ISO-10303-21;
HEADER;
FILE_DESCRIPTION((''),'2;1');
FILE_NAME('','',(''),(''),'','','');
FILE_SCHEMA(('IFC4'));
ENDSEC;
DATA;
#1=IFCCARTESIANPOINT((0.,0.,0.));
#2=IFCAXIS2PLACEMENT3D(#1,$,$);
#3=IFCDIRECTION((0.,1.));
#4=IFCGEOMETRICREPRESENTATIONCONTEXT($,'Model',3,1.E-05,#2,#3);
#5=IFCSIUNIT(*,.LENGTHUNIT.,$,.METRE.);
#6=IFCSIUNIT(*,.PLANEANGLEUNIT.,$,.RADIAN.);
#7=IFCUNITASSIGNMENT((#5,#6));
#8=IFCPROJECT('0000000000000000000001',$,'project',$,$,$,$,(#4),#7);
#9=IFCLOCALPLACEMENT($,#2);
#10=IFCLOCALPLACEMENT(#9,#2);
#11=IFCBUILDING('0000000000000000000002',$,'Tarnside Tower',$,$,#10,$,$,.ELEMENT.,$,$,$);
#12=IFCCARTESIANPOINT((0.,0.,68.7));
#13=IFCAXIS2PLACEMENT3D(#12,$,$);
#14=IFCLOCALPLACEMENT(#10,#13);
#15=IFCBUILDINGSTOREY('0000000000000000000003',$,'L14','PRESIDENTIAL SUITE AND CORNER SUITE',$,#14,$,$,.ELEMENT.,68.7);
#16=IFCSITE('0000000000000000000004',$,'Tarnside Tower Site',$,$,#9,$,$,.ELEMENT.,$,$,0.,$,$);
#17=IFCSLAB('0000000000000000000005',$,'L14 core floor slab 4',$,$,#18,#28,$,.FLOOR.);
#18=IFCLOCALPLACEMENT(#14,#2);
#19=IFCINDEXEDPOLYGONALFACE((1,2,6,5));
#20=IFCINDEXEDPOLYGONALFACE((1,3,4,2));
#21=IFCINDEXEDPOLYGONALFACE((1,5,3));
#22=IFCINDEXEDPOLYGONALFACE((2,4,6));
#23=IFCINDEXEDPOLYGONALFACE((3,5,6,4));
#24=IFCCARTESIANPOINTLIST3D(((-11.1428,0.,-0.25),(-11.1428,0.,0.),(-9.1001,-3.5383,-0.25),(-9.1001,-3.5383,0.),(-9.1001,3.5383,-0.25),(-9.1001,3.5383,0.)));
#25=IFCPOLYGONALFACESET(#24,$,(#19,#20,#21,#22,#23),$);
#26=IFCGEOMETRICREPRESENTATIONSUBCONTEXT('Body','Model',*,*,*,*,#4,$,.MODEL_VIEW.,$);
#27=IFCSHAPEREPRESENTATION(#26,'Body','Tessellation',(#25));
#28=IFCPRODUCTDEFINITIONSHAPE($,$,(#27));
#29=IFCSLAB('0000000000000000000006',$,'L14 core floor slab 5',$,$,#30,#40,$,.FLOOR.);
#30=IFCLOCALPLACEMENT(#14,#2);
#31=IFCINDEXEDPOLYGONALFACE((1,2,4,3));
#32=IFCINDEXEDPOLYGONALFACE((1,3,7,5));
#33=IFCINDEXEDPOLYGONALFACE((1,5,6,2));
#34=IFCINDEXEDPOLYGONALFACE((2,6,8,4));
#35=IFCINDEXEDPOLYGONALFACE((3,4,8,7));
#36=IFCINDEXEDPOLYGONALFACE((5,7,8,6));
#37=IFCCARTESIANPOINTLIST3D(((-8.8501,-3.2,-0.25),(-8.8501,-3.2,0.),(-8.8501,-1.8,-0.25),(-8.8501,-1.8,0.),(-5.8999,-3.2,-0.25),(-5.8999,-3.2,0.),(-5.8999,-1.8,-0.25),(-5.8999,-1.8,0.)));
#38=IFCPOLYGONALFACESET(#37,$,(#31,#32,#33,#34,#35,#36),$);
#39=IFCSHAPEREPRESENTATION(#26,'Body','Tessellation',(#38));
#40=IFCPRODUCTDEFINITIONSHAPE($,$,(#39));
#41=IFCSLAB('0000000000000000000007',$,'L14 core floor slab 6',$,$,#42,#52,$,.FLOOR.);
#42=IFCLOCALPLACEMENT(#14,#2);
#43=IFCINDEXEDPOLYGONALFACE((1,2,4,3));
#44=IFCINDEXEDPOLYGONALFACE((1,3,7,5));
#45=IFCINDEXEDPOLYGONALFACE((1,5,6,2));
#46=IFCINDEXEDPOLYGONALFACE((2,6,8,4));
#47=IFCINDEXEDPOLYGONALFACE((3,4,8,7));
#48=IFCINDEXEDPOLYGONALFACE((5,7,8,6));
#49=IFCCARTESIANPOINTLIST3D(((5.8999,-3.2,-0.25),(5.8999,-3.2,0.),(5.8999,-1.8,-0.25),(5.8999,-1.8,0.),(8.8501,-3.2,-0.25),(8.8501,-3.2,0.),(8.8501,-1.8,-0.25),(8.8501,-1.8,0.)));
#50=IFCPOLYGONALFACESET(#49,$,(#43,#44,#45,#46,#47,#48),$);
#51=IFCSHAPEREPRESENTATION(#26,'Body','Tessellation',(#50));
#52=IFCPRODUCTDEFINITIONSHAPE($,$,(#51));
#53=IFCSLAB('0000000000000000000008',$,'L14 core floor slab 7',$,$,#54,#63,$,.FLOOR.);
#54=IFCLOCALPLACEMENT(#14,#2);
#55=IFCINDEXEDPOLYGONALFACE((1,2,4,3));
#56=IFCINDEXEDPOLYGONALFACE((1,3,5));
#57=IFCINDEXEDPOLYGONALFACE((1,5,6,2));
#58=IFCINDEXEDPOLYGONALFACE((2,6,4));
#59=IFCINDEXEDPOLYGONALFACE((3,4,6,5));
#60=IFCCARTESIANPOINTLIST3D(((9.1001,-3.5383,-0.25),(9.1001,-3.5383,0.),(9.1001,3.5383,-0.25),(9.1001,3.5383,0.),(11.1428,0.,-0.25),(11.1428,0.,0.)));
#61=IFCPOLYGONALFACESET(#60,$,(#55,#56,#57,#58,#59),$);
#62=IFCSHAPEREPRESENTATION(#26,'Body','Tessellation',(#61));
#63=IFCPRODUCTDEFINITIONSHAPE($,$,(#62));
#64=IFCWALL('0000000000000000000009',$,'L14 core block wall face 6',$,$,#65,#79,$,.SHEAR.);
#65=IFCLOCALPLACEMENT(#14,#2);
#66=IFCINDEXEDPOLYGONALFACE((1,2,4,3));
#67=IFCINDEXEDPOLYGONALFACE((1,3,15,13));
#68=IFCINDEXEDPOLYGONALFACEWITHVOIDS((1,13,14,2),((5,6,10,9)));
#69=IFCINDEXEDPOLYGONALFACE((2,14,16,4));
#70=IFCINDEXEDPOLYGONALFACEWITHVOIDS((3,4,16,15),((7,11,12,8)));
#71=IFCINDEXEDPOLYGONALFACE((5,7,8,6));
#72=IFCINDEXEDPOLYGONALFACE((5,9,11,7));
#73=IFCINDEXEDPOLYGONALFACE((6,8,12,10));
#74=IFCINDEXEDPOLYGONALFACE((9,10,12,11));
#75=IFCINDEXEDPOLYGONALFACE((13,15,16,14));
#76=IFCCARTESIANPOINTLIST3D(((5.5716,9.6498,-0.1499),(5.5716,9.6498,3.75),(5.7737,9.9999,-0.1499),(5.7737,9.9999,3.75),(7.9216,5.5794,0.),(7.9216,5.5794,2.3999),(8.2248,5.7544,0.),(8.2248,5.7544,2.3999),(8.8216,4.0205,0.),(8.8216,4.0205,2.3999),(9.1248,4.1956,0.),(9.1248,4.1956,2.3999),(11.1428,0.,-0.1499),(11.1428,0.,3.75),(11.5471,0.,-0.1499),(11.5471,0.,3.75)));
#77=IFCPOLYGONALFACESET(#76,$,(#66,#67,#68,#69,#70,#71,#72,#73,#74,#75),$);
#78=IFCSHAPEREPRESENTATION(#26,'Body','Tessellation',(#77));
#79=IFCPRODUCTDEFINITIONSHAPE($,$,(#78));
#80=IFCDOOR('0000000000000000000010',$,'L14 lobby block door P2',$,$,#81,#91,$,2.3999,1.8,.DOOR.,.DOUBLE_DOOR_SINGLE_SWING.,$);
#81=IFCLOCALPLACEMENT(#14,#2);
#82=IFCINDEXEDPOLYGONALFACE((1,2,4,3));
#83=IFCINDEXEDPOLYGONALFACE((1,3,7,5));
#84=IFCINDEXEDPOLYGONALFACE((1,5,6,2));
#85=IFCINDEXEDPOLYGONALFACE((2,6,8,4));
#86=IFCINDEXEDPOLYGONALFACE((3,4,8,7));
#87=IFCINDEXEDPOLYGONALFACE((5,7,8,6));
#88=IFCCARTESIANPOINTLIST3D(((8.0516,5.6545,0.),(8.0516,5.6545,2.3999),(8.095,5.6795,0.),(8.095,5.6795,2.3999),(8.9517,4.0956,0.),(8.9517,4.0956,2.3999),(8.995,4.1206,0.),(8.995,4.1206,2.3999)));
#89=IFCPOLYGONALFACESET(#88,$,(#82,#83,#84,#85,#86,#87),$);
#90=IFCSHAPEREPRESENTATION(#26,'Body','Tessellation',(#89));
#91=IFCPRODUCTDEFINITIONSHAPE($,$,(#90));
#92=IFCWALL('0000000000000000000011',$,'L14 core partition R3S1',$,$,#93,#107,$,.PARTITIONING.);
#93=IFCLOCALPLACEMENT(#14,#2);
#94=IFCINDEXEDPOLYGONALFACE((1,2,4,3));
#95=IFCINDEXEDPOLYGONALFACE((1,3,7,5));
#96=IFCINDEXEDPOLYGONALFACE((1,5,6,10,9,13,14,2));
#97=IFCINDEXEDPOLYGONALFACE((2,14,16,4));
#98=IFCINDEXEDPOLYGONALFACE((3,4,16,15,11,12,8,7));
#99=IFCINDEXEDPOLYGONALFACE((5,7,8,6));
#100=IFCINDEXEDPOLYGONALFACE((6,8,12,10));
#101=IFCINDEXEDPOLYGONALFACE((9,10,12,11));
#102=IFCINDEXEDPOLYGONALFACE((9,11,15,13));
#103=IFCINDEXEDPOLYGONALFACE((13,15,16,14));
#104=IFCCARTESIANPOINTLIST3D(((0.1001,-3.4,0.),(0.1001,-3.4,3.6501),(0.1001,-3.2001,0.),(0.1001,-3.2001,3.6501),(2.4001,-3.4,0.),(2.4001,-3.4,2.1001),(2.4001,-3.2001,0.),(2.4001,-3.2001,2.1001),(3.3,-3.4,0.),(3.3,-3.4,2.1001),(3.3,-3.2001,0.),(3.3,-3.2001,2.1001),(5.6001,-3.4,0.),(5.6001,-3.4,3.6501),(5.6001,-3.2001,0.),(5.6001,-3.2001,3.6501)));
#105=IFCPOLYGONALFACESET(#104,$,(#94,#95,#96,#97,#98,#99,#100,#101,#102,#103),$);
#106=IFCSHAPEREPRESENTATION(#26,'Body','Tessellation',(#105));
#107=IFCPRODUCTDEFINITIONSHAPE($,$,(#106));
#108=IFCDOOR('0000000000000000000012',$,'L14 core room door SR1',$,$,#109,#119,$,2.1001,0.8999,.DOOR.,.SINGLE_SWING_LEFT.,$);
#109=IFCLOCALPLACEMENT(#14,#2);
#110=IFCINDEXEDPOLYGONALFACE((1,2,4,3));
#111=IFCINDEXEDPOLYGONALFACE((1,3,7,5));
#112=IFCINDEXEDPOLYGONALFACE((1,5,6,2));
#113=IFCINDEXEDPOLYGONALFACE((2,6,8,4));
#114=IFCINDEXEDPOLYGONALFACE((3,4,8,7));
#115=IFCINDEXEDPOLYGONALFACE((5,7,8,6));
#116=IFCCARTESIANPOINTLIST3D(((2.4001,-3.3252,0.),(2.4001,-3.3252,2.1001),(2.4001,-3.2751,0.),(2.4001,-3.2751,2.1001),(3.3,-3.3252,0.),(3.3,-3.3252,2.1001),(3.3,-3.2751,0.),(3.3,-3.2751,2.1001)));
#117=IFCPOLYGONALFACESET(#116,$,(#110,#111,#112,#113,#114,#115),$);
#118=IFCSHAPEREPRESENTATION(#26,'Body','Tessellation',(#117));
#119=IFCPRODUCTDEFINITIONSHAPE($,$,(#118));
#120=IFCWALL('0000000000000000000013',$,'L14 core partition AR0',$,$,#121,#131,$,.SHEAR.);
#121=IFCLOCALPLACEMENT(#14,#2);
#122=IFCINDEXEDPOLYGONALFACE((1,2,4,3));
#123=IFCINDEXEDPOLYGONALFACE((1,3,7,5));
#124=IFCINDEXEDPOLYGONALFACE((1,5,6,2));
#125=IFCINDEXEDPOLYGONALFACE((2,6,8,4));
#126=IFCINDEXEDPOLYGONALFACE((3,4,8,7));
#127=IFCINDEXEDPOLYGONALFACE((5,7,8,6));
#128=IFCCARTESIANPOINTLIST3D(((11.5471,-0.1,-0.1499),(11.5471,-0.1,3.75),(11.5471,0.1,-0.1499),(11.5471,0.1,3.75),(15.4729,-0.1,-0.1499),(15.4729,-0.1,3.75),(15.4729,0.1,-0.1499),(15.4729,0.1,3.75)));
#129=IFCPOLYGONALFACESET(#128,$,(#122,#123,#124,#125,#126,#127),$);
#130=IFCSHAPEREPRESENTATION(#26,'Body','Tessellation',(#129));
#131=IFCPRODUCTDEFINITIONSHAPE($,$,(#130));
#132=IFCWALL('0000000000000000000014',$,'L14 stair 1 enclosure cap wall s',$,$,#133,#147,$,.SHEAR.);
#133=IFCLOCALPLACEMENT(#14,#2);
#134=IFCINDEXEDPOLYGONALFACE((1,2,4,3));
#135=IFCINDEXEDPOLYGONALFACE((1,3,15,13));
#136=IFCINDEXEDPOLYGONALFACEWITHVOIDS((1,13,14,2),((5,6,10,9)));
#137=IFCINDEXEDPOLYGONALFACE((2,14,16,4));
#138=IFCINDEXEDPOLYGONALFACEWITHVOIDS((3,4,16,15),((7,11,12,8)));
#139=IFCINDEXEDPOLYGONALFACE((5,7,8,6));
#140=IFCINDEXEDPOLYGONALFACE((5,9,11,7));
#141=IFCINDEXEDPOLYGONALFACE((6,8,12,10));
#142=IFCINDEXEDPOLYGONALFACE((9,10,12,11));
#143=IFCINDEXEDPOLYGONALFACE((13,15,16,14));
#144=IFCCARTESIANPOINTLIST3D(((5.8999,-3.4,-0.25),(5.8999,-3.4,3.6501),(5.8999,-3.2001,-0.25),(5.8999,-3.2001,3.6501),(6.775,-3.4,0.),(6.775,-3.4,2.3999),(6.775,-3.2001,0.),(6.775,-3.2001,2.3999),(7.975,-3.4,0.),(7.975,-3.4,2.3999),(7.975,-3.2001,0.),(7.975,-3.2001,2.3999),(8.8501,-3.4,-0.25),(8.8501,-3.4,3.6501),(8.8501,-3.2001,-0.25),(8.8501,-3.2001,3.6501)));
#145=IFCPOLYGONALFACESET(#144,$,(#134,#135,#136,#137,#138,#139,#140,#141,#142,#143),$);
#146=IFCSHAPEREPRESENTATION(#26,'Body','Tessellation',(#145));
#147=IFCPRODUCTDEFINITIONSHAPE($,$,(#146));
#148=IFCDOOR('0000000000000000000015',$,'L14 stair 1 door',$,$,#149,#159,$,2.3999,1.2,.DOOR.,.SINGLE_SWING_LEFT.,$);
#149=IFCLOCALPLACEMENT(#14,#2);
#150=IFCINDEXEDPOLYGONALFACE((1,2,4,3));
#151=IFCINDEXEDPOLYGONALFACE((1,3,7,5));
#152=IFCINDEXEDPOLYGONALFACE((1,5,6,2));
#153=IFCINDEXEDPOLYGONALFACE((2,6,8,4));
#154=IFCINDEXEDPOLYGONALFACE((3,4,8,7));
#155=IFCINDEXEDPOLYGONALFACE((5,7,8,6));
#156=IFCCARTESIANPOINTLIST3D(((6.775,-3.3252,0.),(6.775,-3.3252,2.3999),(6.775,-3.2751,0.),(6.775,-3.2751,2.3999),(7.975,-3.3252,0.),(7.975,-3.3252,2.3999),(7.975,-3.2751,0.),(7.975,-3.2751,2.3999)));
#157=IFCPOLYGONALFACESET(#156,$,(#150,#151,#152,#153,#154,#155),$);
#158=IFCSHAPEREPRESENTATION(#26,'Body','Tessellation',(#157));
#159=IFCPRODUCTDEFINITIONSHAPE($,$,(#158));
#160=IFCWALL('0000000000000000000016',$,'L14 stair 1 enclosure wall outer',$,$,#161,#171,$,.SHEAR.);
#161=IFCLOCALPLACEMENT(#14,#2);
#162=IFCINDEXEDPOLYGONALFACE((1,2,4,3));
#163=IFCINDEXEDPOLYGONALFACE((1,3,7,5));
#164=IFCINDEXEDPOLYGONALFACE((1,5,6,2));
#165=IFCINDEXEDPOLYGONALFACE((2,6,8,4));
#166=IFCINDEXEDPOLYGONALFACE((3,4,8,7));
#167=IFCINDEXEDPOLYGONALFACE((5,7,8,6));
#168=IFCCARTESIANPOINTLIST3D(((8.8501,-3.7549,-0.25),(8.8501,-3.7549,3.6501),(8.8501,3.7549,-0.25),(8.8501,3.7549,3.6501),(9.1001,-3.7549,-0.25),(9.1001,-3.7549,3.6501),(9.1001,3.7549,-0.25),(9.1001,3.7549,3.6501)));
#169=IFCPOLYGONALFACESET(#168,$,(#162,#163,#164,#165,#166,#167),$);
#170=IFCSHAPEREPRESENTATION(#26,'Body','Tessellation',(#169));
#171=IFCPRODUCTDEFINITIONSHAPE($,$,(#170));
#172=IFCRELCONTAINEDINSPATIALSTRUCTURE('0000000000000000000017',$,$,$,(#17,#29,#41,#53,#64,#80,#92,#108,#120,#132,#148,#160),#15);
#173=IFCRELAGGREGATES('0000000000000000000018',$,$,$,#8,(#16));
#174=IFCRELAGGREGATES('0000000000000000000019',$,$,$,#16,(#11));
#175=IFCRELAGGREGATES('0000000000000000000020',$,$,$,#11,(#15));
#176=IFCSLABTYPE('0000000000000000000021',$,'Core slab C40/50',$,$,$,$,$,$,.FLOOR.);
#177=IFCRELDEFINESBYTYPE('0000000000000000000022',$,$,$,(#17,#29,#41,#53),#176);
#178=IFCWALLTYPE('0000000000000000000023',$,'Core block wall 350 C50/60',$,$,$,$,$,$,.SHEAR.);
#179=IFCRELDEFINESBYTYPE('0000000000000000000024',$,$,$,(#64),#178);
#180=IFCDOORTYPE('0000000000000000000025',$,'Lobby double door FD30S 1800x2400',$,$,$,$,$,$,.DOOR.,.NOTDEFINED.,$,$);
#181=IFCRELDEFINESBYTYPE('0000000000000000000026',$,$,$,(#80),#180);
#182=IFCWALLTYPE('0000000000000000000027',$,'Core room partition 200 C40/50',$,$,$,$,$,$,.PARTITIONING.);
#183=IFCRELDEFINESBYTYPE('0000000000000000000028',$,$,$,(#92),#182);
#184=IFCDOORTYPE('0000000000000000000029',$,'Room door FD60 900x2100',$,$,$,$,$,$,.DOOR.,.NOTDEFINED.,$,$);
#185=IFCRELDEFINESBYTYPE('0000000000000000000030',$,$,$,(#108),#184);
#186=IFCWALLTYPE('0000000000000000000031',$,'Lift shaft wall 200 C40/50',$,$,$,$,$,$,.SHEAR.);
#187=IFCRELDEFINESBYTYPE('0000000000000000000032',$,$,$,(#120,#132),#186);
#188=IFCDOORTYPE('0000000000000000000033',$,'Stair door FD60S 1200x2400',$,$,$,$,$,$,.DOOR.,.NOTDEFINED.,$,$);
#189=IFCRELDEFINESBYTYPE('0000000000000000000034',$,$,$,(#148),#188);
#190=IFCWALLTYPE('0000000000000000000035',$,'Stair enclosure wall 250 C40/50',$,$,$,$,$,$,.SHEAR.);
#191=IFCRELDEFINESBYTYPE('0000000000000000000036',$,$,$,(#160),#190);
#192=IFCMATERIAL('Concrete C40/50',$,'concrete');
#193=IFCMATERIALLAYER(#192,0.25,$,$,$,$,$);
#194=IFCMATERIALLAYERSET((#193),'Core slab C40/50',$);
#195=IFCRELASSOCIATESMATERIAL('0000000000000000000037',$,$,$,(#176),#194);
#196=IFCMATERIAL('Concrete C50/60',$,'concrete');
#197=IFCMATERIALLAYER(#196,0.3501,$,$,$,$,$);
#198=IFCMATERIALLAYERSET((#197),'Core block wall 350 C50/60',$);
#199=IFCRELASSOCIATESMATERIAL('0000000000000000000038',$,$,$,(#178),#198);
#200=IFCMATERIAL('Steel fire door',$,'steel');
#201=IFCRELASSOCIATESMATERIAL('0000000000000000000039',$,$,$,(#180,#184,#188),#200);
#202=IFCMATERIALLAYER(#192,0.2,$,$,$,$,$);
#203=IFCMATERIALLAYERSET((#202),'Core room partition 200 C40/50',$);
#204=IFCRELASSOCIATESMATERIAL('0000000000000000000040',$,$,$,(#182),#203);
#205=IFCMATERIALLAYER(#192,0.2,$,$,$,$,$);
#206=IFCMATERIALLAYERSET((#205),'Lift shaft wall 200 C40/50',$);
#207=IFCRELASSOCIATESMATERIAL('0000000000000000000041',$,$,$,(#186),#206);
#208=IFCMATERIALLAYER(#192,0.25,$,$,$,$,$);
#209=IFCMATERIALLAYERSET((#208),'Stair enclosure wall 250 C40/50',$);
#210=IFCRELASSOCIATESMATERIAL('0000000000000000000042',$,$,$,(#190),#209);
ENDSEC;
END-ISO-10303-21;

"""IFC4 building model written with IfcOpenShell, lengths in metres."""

from ifc_helpers import new_model, si_unit, direction, frame, frame_2d, origin, place, context, subcontext, project, spatial, polyline, rectangle, outline, extrude, material, layer, layer_set, type_object, element, fill, save


model = new_model("IFC4")

# Units and contexts
model_context = context("Model", 3, precision=1e-05, world=origin(), true_north=direction((0.0, 1.0)))
body_context = subcontext(model_context, "Body", "Model", "MODEL_VIEW")
ifc_project = project(units=[si_unit("LENGTHUNIT", "METRE"), si_unit("PLANEANGLEUNIT", "RADIAN")], contexts=[model_context])

# Site, building, storey
site_placement = place(None, origin())
site = spatial("IfcSite", under=ifc_project, at=site_placement, Name="Tarnside Tower Site", CompositionType="ELEMENT", RefElevation=0.0)
building_placement = place(site_placement, origin())
building = spatial("IfcBuilding", under=site, at=building_placement, Name="Tarnside Tower", CompositionType="ELEMENT")
storey_placement = place(building_placement, frame((0.0, 0.0, 68.7)))
storey = spatial("IfcBuildingStorey", under=building, at=storey_placement, Name="L14", Description="PRESIDENTIAL SUITE AND CORNER SUITE", CompositionType="ELEMENT", Elevation=68.7)

# Slabs
ifc_material_1 = material(Name="Concrete C40/50", Category="concrete")
ifc_layer_1 = layer(ifc_material_1, 0.25)
ifc_layer_set_1 = layer_set([ifc_layer_1], Name="Core slab C40/50")
slab_type = type_object("IfcSlabType", Name="Core slab C40/50", PredefinedType="FLOOR", material=ifc_layer_set_1)
slab_1_placement = place(storey_placement, frame((0.0, 0.0, -0.25)))
element("IfcSlab", 1, at=slab_1_placement, inside=storey, type_object=slab_type, Name="L14 core floor slab 4", PredefinedType="FLOOR", context=body_context, shape_type="SweptSolid", body=[
    extrude(outline(polyline([(-11.1428, 0.0), (-9.1001, 3.5383), (-9.1001, -3.5383), (-11.1428, 0.0)])), origin(), (0.0, 0.0, 1.0), 0.25),
])
slab_2_placement = place(storey_placement, frame((0.0, 0.0, -0.25)))
element("IfcSlab", 2, at=slab_2_placement, inside=storey, type_object=slab_type, Name="L14 core floor slab 5", PredefinedType="FLOOR", context=body_context, shape_type="SweptSolid", body=[
    extrude(outline(polyline([(-8.8501, -1.8), (-5.8999, -1.8), (-5.8999, -3.2), (-8.8501, -3.2), (-8.8501, -1.8)])), origin(), (0.0, 0.0, 1.0), 0.25),
])
slab_3_placement = place(storey_placement, frame((0.0, 0.0, -0.25)))
element("IfcSlab", 3, at=slab_3_placement, inside=storey, type_object=slab_type, Name="L14 core floor slab 6", PredefinedType="FLOOR", context=body_context, shape_type="SweptSolid", body=[
    extrude(outline(polyline([(5.8999, -3.2), (5.8999, -1.8), (8.8501, -1.8), (8.8501, -3.2), (5.8999, -3.2)])), origin(), (0.0, 0.0, 1.0), 0.25),
])
slab_4_placement = place(storey_placement, frame((0.0, 0.0, -0.25)))
element("IfcSlab", 4, at=slab_4_placement, inside=storey, type_object=slab_type, Name="L14 core floor slab 7", PredefinedType="FLOOR", context=body_context, shape_type="SweptSolid", body=[
    extrude(outline(polyline([(9.1001, -3.5383), (9.1001, 3.5383), (11.1428, 0.0), (9.1001, -3.5383)])), origin(), (0.0, 0.0, 1.0), 0.25),
])

# Walls, openings, doors
ifc_material_2 = material(Name="Concrete C50/60", Category="concrete")
ifc_layer_2 = layer(ifc_material_2, 0.3501)
ifc_layer_set_2 = layer_set([ifc_layer_2], Name="Core block wall 350 C50/60")
wall_type_1 = type_object("IfcWallType", Name="Core block wall 350 C50/60", PredefinedType="SHEAR", material=ifc_layer_set_2)
wall_1_placement = place(storey_placement, frame((11.345, 0.0, -0.1499), z_axis=(0.0, 0.0, 1.0), x_axis=(-0.499995, 0.866028, 0.0)))
wall_1 = element("IfcWall", 5, at=wall_1_placement, inside=storey, type_object=wall_type_1, Name="L14 core block wall face 6", PredefinedType="SHEAR", context=body_context, shape_type="SweptSolid", body=[
    extrude(outline(polyline([(-0.1011, -0.175), (11.4458, -0.175), (11.2437, 0.175), (0.1011, 0.175), (-0.1011, -0.175)])), origin(), (0.0, 0.0, 1.0), 3.8999),
])
opening_1_placement = place(wall_1_placement, frame((4.7437, 0.0, 0.1499)))
opening_1 = element("IfcOpeningElement", 6, at=opening_1_placement, cuts=wall_1, PredefinedType="OPENING", context=body_context, shape_type="SweptSolid", body=[
    extrude(rectangle(XDim=1.8, YDim=2.3999, at=frame_2d((0.8999, 1.2))), frame((0.0, 0.1851, 0.0), z_axis=(0.0, -1.0, 0.0), x_axis=(1.0, 0.0, 0.0)), (0.0, 0.0, 1.0), 0.3701),
])
ifc_material_3 = material(Name="Steel fire door", Category="steel")
door_type_1 = type_object("IfcDoorType", Name="Lobby double door FD30S 1800x2400", OperationType="NOTDEFINED", PredefinedType="DOOR", material=ifc_material_3)
door_1_placement = place(opening_1_placement, origin())
door_1 = element("IfcDoor", 7, at=door_1_placement, inside=storey, type_object=door_type_1, Name="L14 lobby block door P2", OperationType="DOUBLE_DOOR_SINGLE_SWING", OverallHeight=2.3999, OverallWidth=1.8, PredefinedType="DOOR", context=body_context, shape_type="SweptSolid", body=[
    extrude(rectangle(XDim=1.8, YDim=2.3999, at=frame_2d((0.8999, 1.2))), frame((0.0, 0.0249, 0.0), z_axis=(0.0, -1.0, 0.0), x_axis=(1.0, 0.0, 0.0)), (0.0, 0.0, 1.0), 0.05),
])
fill(opening_1, door_1)
ifc_layer_3 = layer(ifc_material_1, 0.2)
ifc_layer_set_3 = layer_set([ifc_layer_3], Name="Core room partition 200 C40/50")
wall_type_2 = type_object("IfcWallType", Name="Core room partition 200 C40/50", PredefinedType="PARTITIONING", material=ifc_layer_set_3)
wall_2_placement = place(storey_placement, frame((0.1001, -3.3, 0.0), z_axis=(0.0, 0.0, 1.0), x_axis=(1.0, 0.0, 0.0)))
wall_2 = element("IfcWall", 8, at=wall_2_placement, inside=storey, type_object=wall_type_2, Name="L14 core partition R3S1", PredefinedType="PARTITIONING", context=body_context, shape_type="SweptSolid", body=[
    extrude(rectangle(XDim=5.5, YDim=0.2, at=frame_2d((2.75, 0.0))), origin(), (0.0, 0.0, 1.0), 3.6501),
])
opening_2_placement = place(wall_2_placement, frame((2.3, 0.0, 0.0)))
opening_2 = element("IfcOpeningElement", 9, at=opening_2_placement, cuts=wall_2, PredefinedType="OPENING", context=body_context, shape_type="SweptSolid", body=[
    extrude(rectangle(XDim=0.8999, YDim=2.1001, at=frame_2d((0.45, 1.05))), frame((0.0, 0.1099, 0.0), z_axis=(0.0, -1.0, 0.0), x_axis=(1.0, 0.0, 0.0)), (0.0, 0.0, 1.0), 0.22),
])
door_type_2 = type_object("IfcDoorType", Name="Room door FD60 900x2100", OperationType="NOTDEFINED", PredefinedType="DOOR", material=ifc_material_3)
door_2_placement = place(opening_2_placement, origin())
door_2 = element("IfcDoor", 10, at=door_2_placement, inside=storey, type_object=door_type_2, Name="L14 core room door SR1", OperationType="SINGLE_SWING_LEFT", OverallHeight=2.1001, OverallWidth=0.8999, PredefinedType="DOOR", context=body_context, shape_type="SweptSolid", body=[
    extrude(rectangle(XDim=0.8999, YDim=2.1001, at=frame_2d((0.45, 1.05))), frame((0.0, 0.0249, 0.0), z_axis=(0.0, -1.0, 0.0), x_axis=(1.0, 0.0, 0.0)), (0.0, 0.0, 1.0), 0.05),
])
fill(opening_2, door_2)

# Wall
ifc_layer_4 = layer(ifc_material_1, 0.2)
ifc_layer_set_4 = layer_set([ifc_layer_4], Name="Lift shaft wall 200 C40/50")
wall_type_3 = type_object("IfcWallType", Name="Lift shaft wall 200 C40/50", PredefinedType="SHEAR", material=ifc_layer_set_4)
wall_3_placement = place(storey_placement, frame((11.5471, 0.0, -0.1499), z_axis=(0.0, 0.0, 1.0), x_axis=(1.0, 0.0, 0.0)))
element("IfcWall", 11, at=wall_3_placement, inside=storey, type_object=wall_type_3, Name="L14 core partition AR0", PredefinedType="SHEAR", context=body_context, shape_type="SweptSolid", body=[
    extrude(rectangle(XDim=3.9258, YDim=0.2, at=frame_2d((1.9629, 0.0))), origin(), (0.0, 0.0, 1.0), 3.8999),
])

# Wall, opening, door
wall_4_placement = place(storey_placement, frame((5.8999, -3.3, -0.25), z_axis=(0.0, 0.0, 1.0), x_axis=(1.0, 0.0, 0.0)))
wall_4 = element("IfcWall", 12, at=wall_4_placement, inside=storey, type_object=wall_type_3, Name="L14 stair 1 enclosure cap wall s", PredefinedType="SHEAR", context=body_context, shape_type="SweptSolid", body=[
    extrude(rectangle(XDim=2.9502, YDim=0.2, at=frame_2d((1.4751, 0.0))), origin(), (0.0, 0.0, 1.0), 3.9001),
])
opening_3_placement = place(wall_4_placement, frame((0.875, 0.0, 0.25)))
opening_3 = element("IfcOpeningElement", 13, at=opening_3_placement, cuts=wall_4, PredefinedType="OPENING", context=body_context, shape_type="SweptSolid", body=[
    extrude(rectangle(XDim=1.2, YDim=2.3999, at=frame_2d((0.6001, 1.2))), frame((0.0, 0.1099, 0.0), z_axis=(0.0, -1.0, 0.0), x_axis=(1.0, 0.0, 0.0)), (0.0, 0.0, 1.0), 0.22),
])
door_type_3 = type_object("IfcDoorType", Name="Stair door FD60S 1200x2400", OperationType="NOTDEFINED", PredefinedType="DOOR", material=ifc_material_3)
door_3_placement = place(opening_3_placement, origin())
door_3 = element("IfcDoor", 14, at=door_3_placement, inside=storey, type_object=door_type_3, Name="L14 stair 1 door", OperationType="SINGLE_SWING_LEFT", OverallHeight=2.3999, OverallWidth=1.2, PredefinedType="DOOR", context=body_context, shape_type="SweptSolid", body=[
    extrude(rectangle(XDim=1.2, YDim=2.3999, at=frame_2d((0.6001, 1.2))), frame((0.0, 0.0249, 0.0), z_axis=(0.0, -1.0, 0.0), x_axis=(1.0, 0.0, 0.0)), (0.0, 0.0, 1.0), 0.05),
])
fill(opening_3, door_3)

# Wall
ifc_layer_5 = layer(ifc_material_1, 0.25)
ifc_layer_set_5 = layer_set([ifc_layer_5], Name="Stair enclosure wall 250 C40/50")
wall_type_4 = type_object("IfcWallType", Name="Stair enclosure wall 250 C40/50", PredefinedType="SHEAR", material=ifc_layer_set_5)
wall_5_placement = place(storey_placement, frame((8.9751, -3.7549, -0.25), z_axis=(0.0, 0.0, 1.0), x_axis=(0.0, 1.0, 0.0)))
element("IfcWall", 15, at=wall_5_placement, inside=storey, type_object=wall_type_4, Name="L14 stair 1 enclosure wall outer", PredefinedType="SHEAR", context=body_context, shape_type="SweptSolid", body=[
    extrude(rectangle(XDim=7.5098, YDim=0.25, at=frame_2d((3.7549, 0.0))), origin(), (0.0, 0.0, 1.0), 3.9001),
])

save(model, "model.ifc")
